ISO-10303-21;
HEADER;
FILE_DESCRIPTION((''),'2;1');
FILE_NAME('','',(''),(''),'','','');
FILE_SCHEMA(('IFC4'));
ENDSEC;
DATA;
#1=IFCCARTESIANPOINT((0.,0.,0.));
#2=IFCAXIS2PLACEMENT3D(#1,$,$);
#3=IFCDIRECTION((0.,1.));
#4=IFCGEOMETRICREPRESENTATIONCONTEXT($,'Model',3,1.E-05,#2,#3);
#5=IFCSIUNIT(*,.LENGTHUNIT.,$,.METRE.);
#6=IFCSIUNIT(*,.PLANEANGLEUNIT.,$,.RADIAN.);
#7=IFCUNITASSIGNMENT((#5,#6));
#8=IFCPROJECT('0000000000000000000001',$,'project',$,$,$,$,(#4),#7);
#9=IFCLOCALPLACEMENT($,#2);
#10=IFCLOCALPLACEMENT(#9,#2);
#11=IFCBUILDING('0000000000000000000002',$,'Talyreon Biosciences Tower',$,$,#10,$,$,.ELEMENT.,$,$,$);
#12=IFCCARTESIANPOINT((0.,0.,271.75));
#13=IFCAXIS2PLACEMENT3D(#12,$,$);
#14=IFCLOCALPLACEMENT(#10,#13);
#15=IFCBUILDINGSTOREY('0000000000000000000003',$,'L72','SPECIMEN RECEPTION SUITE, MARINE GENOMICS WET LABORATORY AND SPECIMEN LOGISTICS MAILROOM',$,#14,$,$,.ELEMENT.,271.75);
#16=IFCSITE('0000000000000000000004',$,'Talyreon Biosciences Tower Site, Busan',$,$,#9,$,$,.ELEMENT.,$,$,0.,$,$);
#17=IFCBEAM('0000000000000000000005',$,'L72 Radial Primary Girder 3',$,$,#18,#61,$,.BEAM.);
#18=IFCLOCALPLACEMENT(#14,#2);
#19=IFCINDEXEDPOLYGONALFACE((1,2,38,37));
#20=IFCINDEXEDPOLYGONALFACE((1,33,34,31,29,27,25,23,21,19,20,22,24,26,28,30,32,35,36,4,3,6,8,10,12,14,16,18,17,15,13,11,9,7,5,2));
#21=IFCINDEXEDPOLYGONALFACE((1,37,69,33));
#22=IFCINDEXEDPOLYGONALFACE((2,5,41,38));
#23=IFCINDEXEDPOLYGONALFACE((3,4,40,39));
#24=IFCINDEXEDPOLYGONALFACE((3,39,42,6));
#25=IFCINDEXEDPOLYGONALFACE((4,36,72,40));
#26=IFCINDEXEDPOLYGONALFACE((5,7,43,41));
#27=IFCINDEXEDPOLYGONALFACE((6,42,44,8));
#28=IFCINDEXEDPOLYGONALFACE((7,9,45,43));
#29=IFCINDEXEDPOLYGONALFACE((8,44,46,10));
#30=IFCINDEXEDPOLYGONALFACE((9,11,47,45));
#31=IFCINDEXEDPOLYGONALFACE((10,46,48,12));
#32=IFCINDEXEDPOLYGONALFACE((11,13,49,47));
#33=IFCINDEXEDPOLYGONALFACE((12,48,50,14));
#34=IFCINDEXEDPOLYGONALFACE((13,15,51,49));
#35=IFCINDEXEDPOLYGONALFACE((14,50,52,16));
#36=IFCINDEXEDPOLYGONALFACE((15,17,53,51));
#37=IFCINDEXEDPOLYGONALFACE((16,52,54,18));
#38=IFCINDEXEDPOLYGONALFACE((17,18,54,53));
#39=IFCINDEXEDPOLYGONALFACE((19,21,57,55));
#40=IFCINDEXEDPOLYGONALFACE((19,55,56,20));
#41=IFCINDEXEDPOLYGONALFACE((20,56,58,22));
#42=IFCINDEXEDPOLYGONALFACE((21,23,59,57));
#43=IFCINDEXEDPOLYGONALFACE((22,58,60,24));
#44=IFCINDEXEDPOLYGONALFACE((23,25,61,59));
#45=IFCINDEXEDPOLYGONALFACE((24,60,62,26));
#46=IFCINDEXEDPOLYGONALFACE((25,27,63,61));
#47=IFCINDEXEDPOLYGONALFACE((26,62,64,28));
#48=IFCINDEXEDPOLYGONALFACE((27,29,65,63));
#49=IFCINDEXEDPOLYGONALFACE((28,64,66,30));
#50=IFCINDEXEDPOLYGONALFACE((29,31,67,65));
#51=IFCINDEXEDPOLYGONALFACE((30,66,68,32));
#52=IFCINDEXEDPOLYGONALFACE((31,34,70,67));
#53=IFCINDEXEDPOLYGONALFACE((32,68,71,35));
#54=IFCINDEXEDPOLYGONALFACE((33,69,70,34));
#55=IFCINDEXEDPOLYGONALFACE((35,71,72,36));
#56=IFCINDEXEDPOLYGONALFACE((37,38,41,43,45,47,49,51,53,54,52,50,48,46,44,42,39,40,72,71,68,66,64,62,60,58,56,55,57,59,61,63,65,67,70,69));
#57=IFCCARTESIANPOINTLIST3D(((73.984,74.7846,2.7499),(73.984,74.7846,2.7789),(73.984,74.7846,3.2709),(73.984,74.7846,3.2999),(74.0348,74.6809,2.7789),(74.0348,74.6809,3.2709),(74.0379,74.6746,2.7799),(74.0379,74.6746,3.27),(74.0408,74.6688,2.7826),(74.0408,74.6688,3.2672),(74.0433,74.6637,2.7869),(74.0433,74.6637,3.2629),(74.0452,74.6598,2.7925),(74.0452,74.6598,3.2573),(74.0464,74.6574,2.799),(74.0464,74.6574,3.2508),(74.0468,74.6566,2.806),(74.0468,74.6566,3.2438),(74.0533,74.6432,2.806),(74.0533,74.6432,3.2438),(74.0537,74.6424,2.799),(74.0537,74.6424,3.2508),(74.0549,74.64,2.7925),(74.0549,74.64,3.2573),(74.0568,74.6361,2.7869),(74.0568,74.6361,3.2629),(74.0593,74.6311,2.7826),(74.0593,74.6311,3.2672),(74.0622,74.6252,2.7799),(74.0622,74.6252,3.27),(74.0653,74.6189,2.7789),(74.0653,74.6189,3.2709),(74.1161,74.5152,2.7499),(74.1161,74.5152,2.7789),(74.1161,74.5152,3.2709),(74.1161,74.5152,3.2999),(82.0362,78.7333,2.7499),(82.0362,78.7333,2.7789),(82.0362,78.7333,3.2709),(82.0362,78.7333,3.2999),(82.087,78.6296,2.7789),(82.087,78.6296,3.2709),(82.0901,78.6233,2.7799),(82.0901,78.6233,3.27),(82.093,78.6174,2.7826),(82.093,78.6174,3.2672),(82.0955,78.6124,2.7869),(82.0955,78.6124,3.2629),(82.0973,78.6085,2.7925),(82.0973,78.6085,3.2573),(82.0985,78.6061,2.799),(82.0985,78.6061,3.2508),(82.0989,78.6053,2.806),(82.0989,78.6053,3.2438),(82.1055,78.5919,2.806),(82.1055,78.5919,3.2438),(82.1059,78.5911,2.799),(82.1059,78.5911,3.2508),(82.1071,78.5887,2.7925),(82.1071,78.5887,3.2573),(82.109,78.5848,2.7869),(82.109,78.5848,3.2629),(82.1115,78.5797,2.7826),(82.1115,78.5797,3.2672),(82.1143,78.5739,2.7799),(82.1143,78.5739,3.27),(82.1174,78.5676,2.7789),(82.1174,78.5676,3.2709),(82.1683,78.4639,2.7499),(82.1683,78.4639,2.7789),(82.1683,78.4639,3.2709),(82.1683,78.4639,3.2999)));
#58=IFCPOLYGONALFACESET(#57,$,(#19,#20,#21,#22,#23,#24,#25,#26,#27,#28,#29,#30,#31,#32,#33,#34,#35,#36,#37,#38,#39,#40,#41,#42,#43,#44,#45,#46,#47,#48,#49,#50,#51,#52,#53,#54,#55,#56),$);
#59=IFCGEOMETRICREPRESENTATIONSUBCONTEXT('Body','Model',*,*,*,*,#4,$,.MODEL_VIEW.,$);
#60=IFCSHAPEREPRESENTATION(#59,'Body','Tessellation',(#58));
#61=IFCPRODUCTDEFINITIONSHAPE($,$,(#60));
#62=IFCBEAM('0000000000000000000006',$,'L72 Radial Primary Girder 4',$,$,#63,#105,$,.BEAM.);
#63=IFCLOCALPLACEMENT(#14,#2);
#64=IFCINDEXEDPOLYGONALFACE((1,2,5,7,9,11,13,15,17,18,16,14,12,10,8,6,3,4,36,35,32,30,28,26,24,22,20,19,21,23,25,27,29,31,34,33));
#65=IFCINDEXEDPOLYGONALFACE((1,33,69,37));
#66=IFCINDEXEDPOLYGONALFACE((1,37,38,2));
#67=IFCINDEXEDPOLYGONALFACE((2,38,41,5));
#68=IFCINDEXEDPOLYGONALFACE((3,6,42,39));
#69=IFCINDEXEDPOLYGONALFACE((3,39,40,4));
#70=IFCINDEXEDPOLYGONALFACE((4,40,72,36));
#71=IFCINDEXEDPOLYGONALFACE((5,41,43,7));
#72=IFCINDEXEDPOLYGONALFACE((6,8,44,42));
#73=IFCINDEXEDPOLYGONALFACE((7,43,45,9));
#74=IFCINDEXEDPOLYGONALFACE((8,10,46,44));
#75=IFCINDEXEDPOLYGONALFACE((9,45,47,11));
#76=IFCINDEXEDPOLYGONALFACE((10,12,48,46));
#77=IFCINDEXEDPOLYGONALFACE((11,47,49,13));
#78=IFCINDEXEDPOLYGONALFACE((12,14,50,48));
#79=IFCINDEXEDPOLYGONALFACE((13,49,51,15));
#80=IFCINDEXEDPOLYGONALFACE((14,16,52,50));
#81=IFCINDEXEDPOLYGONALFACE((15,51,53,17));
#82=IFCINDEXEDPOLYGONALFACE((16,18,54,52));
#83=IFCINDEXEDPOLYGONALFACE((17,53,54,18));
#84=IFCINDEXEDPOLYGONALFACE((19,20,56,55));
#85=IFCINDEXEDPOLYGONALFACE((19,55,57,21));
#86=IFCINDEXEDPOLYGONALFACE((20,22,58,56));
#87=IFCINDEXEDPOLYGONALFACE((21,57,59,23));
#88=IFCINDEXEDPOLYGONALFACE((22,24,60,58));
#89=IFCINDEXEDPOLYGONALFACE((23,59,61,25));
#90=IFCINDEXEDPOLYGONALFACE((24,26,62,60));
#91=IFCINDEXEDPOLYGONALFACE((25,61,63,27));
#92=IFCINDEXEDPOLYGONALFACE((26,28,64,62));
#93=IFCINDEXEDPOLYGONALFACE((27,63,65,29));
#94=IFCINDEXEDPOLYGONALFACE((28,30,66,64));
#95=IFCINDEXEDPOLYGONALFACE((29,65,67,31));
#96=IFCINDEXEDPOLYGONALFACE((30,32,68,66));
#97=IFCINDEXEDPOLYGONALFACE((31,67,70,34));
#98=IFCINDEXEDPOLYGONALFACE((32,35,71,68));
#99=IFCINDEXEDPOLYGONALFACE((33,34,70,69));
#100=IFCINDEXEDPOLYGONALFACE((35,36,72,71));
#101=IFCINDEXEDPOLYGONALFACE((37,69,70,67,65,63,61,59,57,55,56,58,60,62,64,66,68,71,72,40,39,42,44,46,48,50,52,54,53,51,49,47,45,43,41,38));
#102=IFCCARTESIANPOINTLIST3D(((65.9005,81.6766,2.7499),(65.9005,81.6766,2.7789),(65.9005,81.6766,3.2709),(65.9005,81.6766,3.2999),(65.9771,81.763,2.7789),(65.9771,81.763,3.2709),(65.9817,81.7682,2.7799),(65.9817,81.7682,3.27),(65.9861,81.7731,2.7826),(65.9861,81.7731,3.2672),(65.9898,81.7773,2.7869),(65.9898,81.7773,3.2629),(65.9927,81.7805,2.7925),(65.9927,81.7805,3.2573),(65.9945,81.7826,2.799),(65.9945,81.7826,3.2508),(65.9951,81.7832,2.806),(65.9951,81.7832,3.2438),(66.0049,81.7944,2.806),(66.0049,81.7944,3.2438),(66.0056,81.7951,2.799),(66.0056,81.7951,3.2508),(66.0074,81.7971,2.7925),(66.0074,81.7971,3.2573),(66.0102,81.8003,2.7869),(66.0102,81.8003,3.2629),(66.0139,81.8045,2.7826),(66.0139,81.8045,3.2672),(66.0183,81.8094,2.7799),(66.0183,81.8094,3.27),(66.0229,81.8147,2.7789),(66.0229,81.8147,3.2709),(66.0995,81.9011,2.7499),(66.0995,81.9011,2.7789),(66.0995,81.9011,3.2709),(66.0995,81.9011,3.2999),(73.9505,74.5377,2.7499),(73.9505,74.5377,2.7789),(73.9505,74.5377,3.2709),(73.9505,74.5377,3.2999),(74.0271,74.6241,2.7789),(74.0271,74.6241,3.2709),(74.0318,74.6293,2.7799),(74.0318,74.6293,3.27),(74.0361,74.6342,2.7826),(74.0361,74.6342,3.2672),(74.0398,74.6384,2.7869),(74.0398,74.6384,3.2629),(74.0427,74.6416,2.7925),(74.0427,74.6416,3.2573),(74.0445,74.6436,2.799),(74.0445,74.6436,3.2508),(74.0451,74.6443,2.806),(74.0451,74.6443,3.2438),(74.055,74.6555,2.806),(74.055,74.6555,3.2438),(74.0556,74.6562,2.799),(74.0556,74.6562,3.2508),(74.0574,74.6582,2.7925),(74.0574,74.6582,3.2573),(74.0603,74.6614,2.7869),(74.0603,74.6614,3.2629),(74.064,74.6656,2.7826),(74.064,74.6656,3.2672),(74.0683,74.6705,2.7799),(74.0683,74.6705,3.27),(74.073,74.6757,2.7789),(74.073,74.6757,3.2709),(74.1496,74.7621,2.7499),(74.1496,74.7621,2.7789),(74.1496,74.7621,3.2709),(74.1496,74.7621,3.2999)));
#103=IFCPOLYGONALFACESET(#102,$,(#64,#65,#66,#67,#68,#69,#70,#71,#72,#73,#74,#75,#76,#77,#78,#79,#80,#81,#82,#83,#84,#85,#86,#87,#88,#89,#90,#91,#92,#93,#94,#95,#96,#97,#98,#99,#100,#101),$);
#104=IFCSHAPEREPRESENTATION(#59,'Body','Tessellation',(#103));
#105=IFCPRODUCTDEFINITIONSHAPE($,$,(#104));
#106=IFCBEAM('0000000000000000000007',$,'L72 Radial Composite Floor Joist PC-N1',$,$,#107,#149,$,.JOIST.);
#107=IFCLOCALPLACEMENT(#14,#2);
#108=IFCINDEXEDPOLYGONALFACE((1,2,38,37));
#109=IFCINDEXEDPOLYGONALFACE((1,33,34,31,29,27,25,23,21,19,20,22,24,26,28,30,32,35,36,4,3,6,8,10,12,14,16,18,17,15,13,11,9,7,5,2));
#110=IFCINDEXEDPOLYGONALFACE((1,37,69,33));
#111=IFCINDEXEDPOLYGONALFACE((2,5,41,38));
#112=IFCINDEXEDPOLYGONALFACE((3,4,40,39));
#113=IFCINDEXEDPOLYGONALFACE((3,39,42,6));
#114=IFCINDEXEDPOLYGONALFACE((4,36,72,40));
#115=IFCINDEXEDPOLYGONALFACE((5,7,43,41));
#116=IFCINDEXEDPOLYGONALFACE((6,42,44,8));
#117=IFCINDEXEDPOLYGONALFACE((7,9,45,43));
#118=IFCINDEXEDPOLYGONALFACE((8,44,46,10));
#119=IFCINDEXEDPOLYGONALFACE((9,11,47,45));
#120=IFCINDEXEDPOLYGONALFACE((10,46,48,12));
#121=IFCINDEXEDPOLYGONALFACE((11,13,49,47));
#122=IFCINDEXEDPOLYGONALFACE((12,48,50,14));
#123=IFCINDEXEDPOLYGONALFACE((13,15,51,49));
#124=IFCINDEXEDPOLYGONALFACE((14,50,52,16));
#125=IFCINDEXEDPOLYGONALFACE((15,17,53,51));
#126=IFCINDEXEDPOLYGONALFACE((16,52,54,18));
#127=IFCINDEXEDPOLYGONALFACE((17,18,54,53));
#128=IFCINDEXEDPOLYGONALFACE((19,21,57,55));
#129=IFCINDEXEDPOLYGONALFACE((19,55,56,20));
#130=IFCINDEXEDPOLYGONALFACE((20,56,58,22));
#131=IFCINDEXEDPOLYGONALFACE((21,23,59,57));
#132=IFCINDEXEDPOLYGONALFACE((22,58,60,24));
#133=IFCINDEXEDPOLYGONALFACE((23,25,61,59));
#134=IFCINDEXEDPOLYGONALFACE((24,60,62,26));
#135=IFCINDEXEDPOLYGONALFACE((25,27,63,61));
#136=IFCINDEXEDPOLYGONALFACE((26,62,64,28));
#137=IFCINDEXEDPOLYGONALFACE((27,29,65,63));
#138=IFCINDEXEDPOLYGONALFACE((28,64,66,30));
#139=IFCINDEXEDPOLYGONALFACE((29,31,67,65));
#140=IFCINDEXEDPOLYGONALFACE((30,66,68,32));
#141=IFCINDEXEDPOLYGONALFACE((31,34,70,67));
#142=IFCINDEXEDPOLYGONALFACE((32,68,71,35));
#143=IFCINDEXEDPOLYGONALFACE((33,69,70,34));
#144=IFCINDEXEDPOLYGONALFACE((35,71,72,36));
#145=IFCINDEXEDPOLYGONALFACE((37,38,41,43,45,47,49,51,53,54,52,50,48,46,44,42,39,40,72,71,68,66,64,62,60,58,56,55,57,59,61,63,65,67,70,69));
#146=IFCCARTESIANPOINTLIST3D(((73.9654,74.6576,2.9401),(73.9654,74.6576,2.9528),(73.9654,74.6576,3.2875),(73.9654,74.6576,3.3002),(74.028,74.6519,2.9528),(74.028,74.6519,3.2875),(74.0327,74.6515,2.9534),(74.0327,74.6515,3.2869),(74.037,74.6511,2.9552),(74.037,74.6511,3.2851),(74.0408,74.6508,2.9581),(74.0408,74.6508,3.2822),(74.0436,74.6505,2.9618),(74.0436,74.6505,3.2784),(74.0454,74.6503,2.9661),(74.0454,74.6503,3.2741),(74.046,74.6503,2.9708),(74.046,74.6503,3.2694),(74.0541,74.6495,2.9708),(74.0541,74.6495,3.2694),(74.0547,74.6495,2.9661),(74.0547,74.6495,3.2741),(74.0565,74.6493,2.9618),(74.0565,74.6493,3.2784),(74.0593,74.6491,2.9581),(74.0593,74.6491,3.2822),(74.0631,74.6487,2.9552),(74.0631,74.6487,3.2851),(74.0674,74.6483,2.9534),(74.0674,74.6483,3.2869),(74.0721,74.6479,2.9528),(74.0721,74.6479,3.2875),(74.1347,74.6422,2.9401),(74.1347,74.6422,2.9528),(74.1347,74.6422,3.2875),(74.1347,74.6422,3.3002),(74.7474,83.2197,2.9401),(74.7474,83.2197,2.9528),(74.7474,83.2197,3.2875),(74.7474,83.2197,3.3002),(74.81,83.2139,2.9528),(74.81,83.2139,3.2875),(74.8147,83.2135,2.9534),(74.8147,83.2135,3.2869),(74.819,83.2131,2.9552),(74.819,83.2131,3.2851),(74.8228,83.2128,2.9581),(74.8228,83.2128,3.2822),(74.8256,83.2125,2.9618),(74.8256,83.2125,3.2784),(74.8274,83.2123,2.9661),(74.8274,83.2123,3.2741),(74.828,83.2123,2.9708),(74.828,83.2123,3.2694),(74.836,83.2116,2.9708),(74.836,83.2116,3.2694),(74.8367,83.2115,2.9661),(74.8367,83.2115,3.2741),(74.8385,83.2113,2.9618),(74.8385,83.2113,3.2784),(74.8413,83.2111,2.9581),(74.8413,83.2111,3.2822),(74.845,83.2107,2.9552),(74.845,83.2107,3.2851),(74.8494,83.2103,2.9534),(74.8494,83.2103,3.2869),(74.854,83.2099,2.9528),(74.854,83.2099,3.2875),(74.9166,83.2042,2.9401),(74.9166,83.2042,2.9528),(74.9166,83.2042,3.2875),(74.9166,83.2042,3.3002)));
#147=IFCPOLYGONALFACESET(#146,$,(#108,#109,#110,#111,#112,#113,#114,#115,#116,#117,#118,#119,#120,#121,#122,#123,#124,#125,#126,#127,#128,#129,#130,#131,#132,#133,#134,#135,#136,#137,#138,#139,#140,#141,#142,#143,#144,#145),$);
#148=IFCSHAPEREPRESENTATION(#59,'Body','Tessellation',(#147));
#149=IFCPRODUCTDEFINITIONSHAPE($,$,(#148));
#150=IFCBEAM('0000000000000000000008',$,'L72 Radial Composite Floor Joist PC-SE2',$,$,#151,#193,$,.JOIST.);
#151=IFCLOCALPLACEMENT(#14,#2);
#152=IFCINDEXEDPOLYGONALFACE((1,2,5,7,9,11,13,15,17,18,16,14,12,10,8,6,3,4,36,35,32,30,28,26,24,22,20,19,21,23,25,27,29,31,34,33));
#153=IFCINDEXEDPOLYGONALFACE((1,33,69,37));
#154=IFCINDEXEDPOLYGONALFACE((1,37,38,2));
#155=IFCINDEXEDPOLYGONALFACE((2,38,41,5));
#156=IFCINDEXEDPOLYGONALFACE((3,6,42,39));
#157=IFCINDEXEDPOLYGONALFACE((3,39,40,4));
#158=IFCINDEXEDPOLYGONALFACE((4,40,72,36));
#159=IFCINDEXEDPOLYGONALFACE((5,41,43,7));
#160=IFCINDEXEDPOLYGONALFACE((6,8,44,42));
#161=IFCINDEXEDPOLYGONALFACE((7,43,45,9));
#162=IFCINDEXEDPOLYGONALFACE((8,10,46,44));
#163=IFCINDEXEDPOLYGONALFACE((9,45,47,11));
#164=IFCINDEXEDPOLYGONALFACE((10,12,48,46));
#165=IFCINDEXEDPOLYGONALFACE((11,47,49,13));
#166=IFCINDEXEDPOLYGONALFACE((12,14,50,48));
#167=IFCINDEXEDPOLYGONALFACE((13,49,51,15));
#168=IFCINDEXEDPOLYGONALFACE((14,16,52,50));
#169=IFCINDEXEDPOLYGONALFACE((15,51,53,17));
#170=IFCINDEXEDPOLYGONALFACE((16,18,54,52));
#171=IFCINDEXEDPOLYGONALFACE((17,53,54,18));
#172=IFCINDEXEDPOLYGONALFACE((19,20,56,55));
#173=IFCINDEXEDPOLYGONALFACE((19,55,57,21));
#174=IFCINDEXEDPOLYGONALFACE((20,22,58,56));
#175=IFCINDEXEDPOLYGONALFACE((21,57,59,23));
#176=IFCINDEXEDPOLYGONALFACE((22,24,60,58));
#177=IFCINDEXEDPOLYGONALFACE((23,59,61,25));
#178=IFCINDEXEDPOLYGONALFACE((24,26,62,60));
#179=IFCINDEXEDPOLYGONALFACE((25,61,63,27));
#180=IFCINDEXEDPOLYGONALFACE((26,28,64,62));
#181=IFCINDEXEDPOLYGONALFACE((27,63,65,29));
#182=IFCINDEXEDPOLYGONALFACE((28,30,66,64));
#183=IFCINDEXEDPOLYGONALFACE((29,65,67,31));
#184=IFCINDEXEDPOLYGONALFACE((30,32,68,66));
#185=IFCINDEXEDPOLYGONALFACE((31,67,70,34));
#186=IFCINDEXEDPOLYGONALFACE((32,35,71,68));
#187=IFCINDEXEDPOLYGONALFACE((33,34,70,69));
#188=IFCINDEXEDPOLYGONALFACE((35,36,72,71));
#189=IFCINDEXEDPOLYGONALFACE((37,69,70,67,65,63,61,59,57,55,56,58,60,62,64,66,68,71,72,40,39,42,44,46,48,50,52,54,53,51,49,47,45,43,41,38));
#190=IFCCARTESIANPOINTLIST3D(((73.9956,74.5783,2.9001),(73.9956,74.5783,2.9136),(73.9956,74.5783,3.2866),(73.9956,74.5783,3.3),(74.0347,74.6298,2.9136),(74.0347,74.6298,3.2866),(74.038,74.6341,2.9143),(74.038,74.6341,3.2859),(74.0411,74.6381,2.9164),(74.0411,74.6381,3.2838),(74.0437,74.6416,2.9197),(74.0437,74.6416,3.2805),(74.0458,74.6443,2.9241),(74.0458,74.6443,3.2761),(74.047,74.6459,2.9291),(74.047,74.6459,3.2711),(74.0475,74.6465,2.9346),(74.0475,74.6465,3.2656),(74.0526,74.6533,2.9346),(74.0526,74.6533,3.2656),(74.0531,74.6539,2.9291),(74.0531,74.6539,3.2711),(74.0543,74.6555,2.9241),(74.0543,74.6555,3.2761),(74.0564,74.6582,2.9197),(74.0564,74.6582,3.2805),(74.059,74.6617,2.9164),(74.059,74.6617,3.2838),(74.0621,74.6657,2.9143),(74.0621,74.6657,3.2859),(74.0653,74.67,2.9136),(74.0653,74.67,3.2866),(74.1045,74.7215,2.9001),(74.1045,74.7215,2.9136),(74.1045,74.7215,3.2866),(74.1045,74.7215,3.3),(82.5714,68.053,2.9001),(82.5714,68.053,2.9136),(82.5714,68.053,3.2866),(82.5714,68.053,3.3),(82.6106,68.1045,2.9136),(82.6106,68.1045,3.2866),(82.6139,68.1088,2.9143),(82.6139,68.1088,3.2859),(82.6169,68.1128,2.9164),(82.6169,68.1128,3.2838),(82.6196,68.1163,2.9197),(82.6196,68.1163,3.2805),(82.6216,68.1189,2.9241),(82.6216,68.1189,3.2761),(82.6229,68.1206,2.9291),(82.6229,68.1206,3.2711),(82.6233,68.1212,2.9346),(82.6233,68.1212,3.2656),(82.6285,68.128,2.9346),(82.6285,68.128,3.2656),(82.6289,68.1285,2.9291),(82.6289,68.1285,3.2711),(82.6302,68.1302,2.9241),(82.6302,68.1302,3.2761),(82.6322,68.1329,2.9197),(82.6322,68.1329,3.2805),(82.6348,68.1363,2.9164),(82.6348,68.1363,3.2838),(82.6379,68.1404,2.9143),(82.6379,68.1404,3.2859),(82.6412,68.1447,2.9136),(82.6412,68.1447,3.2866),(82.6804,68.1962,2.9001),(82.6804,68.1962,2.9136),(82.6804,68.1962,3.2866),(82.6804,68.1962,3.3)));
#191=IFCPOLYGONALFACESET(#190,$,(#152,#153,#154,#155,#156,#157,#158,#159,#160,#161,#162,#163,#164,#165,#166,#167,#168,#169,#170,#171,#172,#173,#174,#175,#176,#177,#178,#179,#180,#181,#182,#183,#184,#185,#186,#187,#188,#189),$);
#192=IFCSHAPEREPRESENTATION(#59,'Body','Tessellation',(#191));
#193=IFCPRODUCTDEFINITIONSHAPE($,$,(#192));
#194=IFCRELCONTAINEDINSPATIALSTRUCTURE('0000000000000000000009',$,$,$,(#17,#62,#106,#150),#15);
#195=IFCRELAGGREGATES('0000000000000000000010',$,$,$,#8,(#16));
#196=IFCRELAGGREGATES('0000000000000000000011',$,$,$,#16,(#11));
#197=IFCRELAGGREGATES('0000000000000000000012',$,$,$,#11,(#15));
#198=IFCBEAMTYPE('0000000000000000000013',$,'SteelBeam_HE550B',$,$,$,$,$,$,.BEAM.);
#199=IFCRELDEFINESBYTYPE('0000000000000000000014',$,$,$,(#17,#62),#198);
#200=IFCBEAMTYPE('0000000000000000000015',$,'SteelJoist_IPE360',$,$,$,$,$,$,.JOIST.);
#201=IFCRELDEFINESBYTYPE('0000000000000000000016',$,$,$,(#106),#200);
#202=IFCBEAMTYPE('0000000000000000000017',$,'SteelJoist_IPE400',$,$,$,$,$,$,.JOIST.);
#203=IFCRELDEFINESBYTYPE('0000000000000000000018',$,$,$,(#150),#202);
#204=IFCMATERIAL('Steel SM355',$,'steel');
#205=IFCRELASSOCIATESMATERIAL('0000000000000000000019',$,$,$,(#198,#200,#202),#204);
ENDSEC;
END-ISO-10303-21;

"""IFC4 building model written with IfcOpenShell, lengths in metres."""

from ifc_helpers import new_model, si_unit, direction, frame, origin, origin_2d, place, context, subcontext, project, spatial, i_section, extrude, material, material_profile, profile_set, type_object, element, save


model = new_model("IFC4")

# Units and contexts
model_context = context("Model", 3, precision=1e-05, world=origin(), true_north=direction((0.0, 1.0)))
body_context = subcontext(model_context, "Body", "Model", "MODEL_VIEW")
ifc_project = project(units=[si_unit("LENGTHUNIT", "METRE"), si_unit("PLANEANGLEUNIT", "RADIAN")], contexts=[model_context])

# Site, building, storey
site_placement = place(None, origin())
site = spatial("IfcSite", under=ifc_project, at=site_placement, Name="Talyreon Biosciences Tower Site, Busan", CompositionType="ELEMENT", RefElevation=0.0)
building_placement = place(site_placement, origin())
building = spatial("IfcBuilding", under=site, at=building_placement, Name="Talyreon Biosciences Tower", CompositionType="ELEMENT")
storey_placement = place(building_placement, frame((0.0, 0.0, 271.75)))
storey = spatial("IfcBuildingStorey", under=building, at=storey_placement, Name="L72", Description="SPECIMEN RECEPTION SUITE, MARINE GENOMICS WET LABORATORY AND SPECIMEN LOGISTICS MAILROOM", CompositionType="ELEMENT", Elevation=271.75)

# Beams
ifc_material_1 = material(Name="Steel SM355", Category="steel")
ifc_material_profile_1 = material_profile(ifc_material_1, i_section(OverallWidth=0.3, OverallDepth=0.55, WebThickness=0.0149, FlangeThickness=0.0291, FilletRadius=0.0271, at=origin_2d()), Name="HE550B")
ifc_profile_set_1 = profile_set([ifc_material_profile_1], Name="Steel SM355")
beam_type_1 = type_object("IfcBeamType", Name="SteelBeam_HE550B", PredefinedType="BEAM", material=ifc_profile_set_1)
beam_1_placement = place(storey_placement, frame((74.05, 74.6499, 3.0249), z_axis=(0.897852, 0.440297, 0.0), x_axis=(-0.440297, 0.897852, 0.0)))
element("IfcBeam", 1, at=beam_1_placement, inside=storey, type_object=beam_type_1, Name="L72 Radial Primary Girder 3", PredefinedType="BEAM", context=body_context, shape_type="SweptSolid", body=[
    extrude(i_section(OverallWidth=0.3, OverallDepth=0.55, WebThickness=0.0149, FlangeThickness=0.0291, FilletRadius=0.0271, at=origin_2d()), origin(), (0.0, 0.0, 1.0), 8.9683),
])
beam_2_placement = place(storey_placement, frame((74.05, 74.6499, 3.0249), z_axis=(-0.748179, 0.663497, 0.0), x_axis=(-0.663497, -0.748179, 0.0)))
element("IfcBeam", 2, at=beam_2_placement, inside=storey, type_object=beam_type_1, Name="L72 Radial Primary Girder 4", PredefinedType="BEAM", context=body_context, shape_type="SweptSolid", body=[
    extrude(i_section(OverallWidth=0.3, OverallDepth=0.55, WebThickness=0.0149, FlangeThickness=0.0291, FilletRadius=0.0271, at=origin_2d()), origin(), (0.0, 0.0, 1.0), 10.7595),
])
ifc_material_profile_2 = material_profile(ifc_material_1, i_section(OverallWidth=0.1699, OverallDepth=0.3601, WebThickness=0.0081, FlangeThickness=0.0127, FilletRadius=0.0181, at=origin_2d()), Name="IPE360")
ifc_profile_set_2 = profile_set([ifc_material_profile_2], Name="Steel SM355")
beam_type_2 = type_object("IfcBeamType", Name="SteelJoist_IPE360", PredefinedType="JOIST", material=ifc_profile_set_2)
beam_3_placement = place(storey_placement, frame((74.05, 74.6499, 3.1201), z_axis=(0.090953, 0.995855, 0.0), x_axis=(-0.995855, 0.090953, 0.0)))
element("IfcBeam", 3, at=beam_3_placement, inside=storey, type_object=beam_type_2, Name="L72 Radial Composite Floor Joist PC-N1", PredefinedType="JOIST", context=body_context, shape_type="SweptSolid", body=[
    extrude(i_section(OverallWidth=0.1699, OverallDepth=0.3601, WebThickness=0.0081, FlangeThickness=0.0127, FilletRadius=0.0181, at=origin_2d()), origin(), (0.0, 0.0, 1.0), 8.5977),
])
ifc_material_profile_3 = material_profile(ifc_material_1, i_section(OverallWidth=0.1799, OverallDepth=0.3999, WebThickness=0.0085, FlangeThickness=0.0134, FilletRadius=0.021, at=origin_2d()), Name="IPE400")
ifc_profile_set_3 = profile_set([ifc_material_profile_3], Name="Steel SM355")
beam_type_3 = type_object("IfcBeamType", Name="SteelJoist_IPE400", PredefinedType="JOIST", material=ifc_profile_set_3)
beam_4_placement = place(storey_placement, frame((74.05, 74.6499, 3.1001), z_axis=(0.795818, -0.605535, 0.0), x_axis=(0.605535, 0.795818, 0.0)))
element("IfcBeam", 4, at=beam_4_placement, inside=storey, type_object=beam_type_3, Name="L72 Radial Composite Floor Joist PC-SE2", PredefinedType="JOIST", context=body_context, shape_type="SweptSolid", body=[
    extrude(i_section(OverallWidth=0.1799, OverallDepth=0.3999, WebThickness=0.0085, FlangeThickness=0.0134, FilletRadius=0.021, at=origin_2d()), origin(), (0.0, 0.0, 1.0), 10.7761),
])

save(model, "model.ifc")
